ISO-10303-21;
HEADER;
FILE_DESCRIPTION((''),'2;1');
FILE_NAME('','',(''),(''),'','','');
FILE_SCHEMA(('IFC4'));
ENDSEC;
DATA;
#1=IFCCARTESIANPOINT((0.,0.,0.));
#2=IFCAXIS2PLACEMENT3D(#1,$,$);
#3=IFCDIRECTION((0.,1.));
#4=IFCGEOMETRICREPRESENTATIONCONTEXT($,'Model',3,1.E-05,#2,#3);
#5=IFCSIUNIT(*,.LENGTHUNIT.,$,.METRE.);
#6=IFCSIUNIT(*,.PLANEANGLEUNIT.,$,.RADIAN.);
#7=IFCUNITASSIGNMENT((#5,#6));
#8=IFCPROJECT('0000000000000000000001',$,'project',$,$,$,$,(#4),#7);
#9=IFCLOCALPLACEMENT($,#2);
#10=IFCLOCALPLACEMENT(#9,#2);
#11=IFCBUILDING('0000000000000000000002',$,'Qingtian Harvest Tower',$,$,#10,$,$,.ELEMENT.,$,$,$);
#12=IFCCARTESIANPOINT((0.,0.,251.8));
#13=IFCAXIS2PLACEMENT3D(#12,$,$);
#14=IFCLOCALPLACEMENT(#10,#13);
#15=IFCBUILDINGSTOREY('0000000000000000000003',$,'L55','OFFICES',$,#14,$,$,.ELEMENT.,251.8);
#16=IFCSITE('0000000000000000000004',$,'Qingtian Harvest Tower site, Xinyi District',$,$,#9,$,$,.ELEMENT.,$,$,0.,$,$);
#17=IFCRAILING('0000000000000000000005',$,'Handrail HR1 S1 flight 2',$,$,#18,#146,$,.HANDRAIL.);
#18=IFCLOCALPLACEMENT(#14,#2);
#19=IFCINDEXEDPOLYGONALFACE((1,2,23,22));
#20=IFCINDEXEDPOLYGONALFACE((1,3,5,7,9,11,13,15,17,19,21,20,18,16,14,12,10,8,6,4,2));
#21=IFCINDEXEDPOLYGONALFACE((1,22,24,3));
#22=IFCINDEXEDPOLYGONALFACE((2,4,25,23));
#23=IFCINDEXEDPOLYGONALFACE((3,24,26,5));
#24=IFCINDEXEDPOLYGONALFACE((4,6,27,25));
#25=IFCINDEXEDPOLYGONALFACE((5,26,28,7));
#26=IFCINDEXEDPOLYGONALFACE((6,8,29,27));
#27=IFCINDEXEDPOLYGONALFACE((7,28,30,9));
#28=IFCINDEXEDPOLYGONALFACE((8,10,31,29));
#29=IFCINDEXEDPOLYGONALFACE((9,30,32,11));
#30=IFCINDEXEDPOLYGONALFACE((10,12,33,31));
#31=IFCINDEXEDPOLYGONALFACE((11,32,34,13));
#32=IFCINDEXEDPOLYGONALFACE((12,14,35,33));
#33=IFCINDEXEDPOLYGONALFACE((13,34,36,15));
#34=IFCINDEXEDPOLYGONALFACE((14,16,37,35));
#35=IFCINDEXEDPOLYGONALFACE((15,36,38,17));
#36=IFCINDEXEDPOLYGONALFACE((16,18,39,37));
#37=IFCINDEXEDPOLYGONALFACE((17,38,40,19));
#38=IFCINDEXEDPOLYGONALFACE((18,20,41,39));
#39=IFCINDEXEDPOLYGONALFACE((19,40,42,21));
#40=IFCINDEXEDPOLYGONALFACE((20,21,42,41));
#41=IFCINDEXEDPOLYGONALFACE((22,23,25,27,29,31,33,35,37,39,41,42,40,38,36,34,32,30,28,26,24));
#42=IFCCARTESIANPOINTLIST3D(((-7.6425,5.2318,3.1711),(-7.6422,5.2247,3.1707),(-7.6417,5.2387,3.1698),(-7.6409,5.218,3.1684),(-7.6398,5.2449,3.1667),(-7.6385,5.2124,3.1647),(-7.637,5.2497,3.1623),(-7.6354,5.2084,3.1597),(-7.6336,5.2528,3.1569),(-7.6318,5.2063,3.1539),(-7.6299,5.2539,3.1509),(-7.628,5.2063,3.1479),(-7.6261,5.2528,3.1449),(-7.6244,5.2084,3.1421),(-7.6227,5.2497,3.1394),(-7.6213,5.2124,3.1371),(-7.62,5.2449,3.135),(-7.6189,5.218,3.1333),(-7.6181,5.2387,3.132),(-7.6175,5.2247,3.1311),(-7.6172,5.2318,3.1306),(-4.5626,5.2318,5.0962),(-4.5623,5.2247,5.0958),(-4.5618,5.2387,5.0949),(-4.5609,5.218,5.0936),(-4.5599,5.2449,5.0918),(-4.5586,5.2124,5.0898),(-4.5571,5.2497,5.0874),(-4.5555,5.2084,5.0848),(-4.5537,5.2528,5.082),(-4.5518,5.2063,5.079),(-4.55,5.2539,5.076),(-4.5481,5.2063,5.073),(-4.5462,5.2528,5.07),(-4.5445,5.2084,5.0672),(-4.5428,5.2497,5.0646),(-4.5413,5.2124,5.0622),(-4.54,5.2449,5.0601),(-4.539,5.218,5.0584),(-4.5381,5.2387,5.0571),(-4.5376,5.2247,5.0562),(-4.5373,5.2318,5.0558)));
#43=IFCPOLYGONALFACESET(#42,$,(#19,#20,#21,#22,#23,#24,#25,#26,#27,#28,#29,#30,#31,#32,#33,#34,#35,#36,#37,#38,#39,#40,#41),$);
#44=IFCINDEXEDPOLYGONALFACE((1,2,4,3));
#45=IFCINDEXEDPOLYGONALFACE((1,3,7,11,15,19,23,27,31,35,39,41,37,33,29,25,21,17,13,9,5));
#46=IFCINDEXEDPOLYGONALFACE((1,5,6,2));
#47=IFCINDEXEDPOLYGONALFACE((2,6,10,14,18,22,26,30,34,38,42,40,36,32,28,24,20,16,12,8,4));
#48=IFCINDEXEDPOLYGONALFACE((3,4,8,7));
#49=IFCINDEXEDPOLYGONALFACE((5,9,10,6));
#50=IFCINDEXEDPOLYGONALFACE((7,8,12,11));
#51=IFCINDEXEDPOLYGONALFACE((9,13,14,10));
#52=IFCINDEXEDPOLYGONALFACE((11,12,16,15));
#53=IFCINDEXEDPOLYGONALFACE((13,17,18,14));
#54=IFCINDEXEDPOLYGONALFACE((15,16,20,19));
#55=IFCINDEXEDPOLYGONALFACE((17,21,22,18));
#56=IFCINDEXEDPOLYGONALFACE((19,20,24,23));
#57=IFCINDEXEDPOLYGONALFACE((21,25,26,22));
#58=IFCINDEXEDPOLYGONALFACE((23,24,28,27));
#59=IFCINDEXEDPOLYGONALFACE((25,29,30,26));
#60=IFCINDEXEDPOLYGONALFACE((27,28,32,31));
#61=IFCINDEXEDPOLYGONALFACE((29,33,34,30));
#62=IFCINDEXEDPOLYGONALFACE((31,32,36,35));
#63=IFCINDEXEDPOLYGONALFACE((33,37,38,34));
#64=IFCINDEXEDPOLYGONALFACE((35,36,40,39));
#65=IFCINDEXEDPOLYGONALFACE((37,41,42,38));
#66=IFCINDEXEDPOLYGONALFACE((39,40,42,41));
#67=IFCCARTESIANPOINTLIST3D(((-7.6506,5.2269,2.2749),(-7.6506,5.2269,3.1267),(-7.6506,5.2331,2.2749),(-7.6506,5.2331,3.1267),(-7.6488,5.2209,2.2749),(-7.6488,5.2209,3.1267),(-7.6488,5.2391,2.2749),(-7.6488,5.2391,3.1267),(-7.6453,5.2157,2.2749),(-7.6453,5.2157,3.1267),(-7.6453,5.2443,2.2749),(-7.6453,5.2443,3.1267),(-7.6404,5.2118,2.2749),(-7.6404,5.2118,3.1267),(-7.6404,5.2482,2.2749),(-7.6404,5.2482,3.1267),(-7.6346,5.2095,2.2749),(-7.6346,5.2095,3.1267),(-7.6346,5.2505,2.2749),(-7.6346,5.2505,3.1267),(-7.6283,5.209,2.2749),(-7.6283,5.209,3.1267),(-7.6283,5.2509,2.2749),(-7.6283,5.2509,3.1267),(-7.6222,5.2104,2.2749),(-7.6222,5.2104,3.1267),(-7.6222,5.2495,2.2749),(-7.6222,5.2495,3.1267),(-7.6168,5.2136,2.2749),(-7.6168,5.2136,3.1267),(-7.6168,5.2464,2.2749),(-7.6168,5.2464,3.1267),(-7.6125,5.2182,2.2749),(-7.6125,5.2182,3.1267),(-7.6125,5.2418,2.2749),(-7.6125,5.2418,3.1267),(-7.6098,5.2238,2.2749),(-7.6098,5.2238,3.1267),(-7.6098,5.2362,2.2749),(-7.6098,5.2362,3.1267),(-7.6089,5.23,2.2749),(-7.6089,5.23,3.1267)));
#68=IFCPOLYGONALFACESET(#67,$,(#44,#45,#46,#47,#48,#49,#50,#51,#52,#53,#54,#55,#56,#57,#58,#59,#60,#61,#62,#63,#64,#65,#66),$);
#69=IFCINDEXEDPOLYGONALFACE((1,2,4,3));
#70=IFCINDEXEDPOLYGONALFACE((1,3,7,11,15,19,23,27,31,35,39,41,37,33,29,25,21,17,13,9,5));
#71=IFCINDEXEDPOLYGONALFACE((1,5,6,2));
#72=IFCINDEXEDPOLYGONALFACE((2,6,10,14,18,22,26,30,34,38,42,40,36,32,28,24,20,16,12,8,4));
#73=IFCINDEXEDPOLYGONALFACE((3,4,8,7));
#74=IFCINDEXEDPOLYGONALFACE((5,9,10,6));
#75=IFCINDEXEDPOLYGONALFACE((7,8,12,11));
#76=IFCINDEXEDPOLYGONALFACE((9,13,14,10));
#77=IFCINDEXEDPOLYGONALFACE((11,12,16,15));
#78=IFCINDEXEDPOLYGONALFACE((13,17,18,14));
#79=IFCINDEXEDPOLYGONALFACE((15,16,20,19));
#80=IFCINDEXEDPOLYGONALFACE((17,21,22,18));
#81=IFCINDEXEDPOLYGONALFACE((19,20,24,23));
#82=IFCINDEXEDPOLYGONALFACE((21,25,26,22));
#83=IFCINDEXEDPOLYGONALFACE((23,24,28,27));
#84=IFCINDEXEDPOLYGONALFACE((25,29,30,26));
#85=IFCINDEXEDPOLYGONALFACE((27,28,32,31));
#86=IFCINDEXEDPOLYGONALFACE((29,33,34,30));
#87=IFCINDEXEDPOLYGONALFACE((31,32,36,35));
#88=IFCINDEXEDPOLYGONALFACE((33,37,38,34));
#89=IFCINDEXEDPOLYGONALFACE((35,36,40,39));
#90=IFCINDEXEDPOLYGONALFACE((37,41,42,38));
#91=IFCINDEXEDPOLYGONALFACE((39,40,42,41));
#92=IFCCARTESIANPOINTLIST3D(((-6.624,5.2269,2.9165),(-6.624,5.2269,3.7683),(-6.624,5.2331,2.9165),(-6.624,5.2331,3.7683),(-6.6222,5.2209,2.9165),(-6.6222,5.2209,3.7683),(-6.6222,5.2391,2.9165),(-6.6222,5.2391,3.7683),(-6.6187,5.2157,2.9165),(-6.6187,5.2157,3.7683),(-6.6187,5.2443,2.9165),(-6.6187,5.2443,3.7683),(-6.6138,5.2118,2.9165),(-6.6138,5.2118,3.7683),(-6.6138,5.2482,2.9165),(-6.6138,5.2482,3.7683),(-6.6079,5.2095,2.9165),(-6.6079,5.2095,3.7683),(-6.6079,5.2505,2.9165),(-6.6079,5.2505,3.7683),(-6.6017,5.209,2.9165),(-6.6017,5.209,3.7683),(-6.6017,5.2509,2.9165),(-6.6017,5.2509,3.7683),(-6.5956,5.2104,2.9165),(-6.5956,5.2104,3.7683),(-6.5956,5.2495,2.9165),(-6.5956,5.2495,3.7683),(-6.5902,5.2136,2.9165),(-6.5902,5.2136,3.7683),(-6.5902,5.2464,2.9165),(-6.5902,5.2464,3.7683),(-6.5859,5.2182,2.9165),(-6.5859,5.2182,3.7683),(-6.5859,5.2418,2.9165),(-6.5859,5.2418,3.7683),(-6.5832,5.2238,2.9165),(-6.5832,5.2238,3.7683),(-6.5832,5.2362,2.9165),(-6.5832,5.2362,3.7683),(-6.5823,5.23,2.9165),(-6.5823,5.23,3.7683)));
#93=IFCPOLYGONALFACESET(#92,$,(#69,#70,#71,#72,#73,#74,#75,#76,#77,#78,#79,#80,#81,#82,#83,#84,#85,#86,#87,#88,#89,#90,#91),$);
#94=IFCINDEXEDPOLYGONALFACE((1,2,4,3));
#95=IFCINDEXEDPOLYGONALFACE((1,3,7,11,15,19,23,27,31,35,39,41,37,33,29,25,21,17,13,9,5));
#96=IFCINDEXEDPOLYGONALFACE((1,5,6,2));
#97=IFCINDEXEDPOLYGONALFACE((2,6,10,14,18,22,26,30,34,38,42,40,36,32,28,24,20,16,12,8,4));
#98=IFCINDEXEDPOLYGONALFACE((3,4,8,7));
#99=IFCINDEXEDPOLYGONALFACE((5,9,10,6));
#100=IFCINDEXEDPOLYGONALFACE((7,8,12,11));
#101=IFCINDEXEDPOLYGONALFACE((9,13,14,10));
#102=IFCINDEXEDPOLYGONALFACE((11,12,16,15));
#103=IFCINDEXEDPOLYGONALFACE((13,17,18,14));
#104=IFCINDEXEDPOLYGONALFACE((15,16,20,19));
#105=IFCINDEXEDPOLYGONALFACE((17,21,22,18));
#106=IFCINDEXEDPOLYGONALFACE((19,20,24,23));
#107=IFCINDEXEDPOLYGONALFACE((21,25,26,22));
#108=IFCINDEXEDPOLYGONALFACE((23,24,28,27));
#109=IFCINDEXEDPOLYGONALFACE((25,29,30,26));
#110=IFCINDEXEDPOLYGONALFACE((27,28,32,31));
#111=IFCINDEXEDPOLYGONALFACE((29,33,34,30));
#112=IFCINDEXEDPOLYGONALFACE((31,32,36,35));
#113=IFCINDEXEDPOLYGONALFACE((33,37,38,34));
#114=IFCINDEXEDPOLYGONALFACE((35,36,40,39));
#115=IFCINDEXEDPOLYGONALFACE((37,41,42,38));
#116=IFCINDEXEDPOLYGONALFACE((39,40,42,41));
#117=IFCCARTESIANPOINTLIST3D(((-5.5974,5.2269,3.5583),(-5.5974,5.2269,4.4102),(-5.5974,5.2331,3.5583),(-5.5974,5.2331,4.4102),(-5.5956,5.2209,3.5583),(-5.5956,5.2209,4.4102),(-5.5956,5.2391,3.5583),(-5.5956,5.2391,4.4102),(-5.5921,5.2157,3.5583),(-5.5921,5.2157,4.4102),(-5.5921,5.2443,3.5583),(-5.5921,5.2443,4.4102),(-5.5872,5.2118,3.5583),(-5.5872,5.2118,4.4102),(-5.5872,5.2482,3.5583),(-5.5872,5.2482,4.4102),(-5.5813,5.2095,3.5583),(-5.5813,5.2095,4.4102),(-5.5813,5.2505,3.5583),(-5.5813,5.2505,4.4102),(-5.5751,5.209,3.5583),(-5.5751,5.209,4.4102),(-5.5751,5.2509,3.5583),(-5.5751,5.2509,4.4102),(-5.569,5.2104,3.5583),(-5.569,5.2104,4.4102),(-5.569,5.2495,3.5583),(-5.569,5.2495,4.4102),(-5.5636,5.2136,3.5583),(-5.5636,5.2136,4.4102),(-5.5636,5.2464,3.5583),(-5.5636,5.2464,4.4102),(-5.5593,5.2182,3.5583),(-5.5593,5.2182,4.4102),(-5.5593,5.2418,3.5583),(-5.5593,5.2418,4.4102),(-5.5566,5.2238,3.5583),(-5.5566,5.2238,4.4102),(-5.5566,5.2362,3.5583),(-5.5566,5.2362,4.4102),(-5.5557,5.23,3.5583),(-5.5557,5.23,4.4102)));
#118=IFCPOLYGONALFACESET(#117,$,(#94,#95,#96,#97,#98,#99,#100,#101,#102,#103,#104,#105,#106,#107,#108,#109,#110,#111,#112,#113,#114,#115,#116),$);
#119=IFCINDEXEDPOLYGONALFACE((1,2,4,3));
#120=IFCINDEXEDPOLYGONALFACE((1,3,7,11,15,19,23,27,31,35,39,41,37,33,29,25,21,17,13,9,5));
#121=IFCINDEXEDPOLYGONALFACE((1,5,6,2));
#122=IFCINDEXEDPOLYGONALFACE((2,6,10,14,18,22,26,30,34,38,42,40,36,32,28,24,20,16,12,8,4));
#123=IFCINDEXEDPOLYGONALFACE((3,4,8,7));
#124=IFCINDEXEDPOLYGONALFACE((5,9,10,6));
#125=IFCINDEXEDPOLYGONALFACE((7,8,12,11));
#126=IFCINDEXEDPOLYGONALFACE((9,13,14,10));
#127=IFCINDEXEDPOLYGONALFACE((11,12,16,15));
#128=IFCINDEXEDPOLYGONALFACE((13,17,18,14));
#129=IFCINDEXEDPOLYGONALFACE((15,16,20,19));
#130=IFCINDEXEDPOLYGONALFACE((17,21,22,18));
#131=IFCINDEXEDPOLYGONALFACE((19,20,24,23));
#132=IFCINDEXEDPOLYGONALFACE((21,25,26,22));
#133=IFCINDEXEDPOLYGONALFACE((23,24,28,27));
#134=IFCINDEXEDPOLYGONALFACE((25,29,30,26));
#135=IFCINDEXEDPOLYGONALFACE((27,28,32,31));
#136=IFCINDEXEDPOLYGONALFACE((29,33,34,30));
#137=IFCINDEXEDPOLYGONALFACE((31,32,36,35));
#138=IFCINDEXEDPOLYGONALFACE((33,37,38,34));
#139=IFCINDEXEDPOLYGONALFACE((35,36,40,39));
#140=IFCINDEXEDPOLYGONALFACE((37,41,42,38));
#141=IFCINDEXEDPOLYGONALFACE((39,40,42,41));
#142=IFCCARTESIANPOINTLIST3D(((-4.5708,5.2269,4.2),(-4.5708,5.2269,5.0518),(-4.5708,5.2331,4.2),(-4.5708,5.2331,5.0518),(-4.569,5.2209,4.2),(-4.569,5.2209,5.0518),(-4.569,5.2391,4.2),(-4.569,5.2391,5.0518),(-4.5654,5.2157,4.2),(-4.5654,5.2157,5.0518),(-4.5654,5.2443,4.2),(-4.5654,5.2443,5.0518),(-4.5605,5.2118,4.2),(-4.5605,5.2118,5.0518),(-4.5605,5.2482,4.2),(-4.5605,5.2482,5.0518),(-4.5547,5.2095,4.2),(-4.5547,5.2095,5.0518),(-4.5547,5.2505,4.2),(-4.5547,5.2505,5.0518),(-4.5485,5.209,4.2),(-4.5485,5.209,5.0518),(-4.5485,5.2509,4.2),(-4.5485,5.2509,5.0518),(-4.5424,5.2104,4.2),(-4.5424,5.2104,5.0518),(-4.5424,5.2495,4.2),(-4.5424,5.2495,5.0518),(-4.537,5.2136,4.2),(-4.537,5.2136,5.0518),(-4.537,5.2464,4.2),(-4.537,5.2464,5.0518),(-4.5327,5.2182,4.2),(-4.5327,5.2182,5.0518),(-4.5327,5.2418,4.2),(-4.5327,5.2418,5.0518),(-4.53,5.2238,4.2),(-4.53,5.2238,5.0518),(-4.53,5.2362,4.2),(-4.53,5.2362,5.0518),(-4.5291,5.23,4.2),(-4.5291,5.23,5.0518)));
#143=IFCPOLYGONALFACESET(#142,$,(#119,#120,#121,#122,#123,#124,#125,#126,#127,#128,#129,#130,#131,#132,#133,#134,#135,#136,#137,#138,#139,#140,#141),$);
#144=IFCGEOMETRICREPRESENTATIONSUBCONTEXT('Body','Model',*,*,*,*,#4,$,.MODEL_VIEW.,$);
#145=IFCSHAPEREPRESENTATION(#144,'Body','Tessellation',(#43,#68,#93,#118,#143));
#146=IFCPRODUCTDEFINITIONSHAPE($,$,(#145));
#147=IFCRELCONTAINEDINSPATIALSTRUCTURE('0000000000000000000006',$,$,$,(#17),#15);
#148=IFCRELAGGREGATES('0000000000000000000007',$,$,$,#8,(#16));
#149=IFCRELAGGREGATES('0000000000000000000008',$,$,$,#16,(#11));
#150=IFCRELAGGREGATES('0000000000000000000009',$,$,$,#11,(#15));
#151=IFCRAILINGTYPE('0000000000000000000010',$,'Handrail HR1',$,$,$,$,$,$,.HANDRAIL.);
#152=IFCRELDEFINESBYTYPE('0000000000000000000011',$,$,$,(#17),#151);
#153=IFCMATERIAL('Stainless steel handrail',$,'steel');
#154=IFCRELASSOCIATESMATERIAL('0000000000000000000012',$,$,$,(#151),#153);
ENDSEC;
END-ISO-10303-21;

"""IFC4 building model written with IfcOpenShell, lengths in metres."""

from ifc_helpers import new_model, si_unit, direction, frame, origin, origin_2d, place, context, subcontext, project, spatial, circle, extrude, material, type_object, element, save


model = new_model("IFC4")

# Units and contexts
model_context = context("Model", 3, precision=1e-05, world=origin(), true_north=direction((0.0, 1.0)))
body_context = subcontext(model_context, "Body", "Model", "MODEL_VIEW")
ifc_project = project(units=[si_unit("LENGTHUNIT", "METRE"), si_unit("PLANEANGLEUNIT", "RADIAN")], contexts=[model_context])

# Site, building, storey
site_placement = place(None, origin())
site = spatial("IfcSite", under=ifc_project, at=site_placement, Name="Qingtian Harvest Tower site, Xinyi District", CompositionType="ELEMENT", RefElevation=0.0)
building_placement = place(site_placement, origin())
building = spatial("IfcBuilding", under=site, at=building_placement, Name="Qingtian Harvest Tower", CompositionType="ELEMENT")
storey_placement = place(building_placement, frame((0.0, 0.0, 251.8)))
storey = spatial("IfcBuildingStorey", under=building, at=storey_placement, Name="L55", Description="OFFICES", CompositionType="ELEMENT", Elevation=251.8)

# Railing
ifc_material_1 = material(Name="Stainless steel handrail", Category="steel")
railing_type = type_object("IfcRailingType", Name="Handrail HR1", PredefinedType="HANDRAIL", material=ifc_material_1)
railing_1_placement = place(storey_placement, frame((-7.6299, 5.23, 2.2749)))
element("IfcRailing", 1, at=railing_1_placement, inside=storey, type_object=railing_type, Name="Handrail HR1 S1 flight 2", PredefinedType="HANDRAIL", context=body_context, shape_type="SweptSolid", body=[
    extrude(circle(Radius=0.0239, at=origin_2d()), frame((0.0, 0.0, 0.876), z_axis=(0.847979, 0.0, 0.530029), x_axis=(0.0, 1.0, 0.0)), (0.0, 0.0, 1.0), 3.6321),
    extrude(circle(Radius=0.021, at=origin_2d()), origin(), (0.0, 0.0, 1.0), 0.8518),
    extrude(circle(Radius=0.021, at=origin_2d()), frame((1.0266, 0.0, 0.6416)), (0.0, 0.0, 1.0), 0.8518),
    extrude(circle(Radius=0.021, at=origin_2d()), frame((2.0532, 0.0, 1.2834)), (0.0, 0.0, 1.0), 0.8518),
    extrude(circle(Radius=0.021, at=origin_2d()), frame((3.0798, 0.0, 1.925)), (0.0, 0.0, 1.0), 0.8518),
])

save(model, "model.ifc")
